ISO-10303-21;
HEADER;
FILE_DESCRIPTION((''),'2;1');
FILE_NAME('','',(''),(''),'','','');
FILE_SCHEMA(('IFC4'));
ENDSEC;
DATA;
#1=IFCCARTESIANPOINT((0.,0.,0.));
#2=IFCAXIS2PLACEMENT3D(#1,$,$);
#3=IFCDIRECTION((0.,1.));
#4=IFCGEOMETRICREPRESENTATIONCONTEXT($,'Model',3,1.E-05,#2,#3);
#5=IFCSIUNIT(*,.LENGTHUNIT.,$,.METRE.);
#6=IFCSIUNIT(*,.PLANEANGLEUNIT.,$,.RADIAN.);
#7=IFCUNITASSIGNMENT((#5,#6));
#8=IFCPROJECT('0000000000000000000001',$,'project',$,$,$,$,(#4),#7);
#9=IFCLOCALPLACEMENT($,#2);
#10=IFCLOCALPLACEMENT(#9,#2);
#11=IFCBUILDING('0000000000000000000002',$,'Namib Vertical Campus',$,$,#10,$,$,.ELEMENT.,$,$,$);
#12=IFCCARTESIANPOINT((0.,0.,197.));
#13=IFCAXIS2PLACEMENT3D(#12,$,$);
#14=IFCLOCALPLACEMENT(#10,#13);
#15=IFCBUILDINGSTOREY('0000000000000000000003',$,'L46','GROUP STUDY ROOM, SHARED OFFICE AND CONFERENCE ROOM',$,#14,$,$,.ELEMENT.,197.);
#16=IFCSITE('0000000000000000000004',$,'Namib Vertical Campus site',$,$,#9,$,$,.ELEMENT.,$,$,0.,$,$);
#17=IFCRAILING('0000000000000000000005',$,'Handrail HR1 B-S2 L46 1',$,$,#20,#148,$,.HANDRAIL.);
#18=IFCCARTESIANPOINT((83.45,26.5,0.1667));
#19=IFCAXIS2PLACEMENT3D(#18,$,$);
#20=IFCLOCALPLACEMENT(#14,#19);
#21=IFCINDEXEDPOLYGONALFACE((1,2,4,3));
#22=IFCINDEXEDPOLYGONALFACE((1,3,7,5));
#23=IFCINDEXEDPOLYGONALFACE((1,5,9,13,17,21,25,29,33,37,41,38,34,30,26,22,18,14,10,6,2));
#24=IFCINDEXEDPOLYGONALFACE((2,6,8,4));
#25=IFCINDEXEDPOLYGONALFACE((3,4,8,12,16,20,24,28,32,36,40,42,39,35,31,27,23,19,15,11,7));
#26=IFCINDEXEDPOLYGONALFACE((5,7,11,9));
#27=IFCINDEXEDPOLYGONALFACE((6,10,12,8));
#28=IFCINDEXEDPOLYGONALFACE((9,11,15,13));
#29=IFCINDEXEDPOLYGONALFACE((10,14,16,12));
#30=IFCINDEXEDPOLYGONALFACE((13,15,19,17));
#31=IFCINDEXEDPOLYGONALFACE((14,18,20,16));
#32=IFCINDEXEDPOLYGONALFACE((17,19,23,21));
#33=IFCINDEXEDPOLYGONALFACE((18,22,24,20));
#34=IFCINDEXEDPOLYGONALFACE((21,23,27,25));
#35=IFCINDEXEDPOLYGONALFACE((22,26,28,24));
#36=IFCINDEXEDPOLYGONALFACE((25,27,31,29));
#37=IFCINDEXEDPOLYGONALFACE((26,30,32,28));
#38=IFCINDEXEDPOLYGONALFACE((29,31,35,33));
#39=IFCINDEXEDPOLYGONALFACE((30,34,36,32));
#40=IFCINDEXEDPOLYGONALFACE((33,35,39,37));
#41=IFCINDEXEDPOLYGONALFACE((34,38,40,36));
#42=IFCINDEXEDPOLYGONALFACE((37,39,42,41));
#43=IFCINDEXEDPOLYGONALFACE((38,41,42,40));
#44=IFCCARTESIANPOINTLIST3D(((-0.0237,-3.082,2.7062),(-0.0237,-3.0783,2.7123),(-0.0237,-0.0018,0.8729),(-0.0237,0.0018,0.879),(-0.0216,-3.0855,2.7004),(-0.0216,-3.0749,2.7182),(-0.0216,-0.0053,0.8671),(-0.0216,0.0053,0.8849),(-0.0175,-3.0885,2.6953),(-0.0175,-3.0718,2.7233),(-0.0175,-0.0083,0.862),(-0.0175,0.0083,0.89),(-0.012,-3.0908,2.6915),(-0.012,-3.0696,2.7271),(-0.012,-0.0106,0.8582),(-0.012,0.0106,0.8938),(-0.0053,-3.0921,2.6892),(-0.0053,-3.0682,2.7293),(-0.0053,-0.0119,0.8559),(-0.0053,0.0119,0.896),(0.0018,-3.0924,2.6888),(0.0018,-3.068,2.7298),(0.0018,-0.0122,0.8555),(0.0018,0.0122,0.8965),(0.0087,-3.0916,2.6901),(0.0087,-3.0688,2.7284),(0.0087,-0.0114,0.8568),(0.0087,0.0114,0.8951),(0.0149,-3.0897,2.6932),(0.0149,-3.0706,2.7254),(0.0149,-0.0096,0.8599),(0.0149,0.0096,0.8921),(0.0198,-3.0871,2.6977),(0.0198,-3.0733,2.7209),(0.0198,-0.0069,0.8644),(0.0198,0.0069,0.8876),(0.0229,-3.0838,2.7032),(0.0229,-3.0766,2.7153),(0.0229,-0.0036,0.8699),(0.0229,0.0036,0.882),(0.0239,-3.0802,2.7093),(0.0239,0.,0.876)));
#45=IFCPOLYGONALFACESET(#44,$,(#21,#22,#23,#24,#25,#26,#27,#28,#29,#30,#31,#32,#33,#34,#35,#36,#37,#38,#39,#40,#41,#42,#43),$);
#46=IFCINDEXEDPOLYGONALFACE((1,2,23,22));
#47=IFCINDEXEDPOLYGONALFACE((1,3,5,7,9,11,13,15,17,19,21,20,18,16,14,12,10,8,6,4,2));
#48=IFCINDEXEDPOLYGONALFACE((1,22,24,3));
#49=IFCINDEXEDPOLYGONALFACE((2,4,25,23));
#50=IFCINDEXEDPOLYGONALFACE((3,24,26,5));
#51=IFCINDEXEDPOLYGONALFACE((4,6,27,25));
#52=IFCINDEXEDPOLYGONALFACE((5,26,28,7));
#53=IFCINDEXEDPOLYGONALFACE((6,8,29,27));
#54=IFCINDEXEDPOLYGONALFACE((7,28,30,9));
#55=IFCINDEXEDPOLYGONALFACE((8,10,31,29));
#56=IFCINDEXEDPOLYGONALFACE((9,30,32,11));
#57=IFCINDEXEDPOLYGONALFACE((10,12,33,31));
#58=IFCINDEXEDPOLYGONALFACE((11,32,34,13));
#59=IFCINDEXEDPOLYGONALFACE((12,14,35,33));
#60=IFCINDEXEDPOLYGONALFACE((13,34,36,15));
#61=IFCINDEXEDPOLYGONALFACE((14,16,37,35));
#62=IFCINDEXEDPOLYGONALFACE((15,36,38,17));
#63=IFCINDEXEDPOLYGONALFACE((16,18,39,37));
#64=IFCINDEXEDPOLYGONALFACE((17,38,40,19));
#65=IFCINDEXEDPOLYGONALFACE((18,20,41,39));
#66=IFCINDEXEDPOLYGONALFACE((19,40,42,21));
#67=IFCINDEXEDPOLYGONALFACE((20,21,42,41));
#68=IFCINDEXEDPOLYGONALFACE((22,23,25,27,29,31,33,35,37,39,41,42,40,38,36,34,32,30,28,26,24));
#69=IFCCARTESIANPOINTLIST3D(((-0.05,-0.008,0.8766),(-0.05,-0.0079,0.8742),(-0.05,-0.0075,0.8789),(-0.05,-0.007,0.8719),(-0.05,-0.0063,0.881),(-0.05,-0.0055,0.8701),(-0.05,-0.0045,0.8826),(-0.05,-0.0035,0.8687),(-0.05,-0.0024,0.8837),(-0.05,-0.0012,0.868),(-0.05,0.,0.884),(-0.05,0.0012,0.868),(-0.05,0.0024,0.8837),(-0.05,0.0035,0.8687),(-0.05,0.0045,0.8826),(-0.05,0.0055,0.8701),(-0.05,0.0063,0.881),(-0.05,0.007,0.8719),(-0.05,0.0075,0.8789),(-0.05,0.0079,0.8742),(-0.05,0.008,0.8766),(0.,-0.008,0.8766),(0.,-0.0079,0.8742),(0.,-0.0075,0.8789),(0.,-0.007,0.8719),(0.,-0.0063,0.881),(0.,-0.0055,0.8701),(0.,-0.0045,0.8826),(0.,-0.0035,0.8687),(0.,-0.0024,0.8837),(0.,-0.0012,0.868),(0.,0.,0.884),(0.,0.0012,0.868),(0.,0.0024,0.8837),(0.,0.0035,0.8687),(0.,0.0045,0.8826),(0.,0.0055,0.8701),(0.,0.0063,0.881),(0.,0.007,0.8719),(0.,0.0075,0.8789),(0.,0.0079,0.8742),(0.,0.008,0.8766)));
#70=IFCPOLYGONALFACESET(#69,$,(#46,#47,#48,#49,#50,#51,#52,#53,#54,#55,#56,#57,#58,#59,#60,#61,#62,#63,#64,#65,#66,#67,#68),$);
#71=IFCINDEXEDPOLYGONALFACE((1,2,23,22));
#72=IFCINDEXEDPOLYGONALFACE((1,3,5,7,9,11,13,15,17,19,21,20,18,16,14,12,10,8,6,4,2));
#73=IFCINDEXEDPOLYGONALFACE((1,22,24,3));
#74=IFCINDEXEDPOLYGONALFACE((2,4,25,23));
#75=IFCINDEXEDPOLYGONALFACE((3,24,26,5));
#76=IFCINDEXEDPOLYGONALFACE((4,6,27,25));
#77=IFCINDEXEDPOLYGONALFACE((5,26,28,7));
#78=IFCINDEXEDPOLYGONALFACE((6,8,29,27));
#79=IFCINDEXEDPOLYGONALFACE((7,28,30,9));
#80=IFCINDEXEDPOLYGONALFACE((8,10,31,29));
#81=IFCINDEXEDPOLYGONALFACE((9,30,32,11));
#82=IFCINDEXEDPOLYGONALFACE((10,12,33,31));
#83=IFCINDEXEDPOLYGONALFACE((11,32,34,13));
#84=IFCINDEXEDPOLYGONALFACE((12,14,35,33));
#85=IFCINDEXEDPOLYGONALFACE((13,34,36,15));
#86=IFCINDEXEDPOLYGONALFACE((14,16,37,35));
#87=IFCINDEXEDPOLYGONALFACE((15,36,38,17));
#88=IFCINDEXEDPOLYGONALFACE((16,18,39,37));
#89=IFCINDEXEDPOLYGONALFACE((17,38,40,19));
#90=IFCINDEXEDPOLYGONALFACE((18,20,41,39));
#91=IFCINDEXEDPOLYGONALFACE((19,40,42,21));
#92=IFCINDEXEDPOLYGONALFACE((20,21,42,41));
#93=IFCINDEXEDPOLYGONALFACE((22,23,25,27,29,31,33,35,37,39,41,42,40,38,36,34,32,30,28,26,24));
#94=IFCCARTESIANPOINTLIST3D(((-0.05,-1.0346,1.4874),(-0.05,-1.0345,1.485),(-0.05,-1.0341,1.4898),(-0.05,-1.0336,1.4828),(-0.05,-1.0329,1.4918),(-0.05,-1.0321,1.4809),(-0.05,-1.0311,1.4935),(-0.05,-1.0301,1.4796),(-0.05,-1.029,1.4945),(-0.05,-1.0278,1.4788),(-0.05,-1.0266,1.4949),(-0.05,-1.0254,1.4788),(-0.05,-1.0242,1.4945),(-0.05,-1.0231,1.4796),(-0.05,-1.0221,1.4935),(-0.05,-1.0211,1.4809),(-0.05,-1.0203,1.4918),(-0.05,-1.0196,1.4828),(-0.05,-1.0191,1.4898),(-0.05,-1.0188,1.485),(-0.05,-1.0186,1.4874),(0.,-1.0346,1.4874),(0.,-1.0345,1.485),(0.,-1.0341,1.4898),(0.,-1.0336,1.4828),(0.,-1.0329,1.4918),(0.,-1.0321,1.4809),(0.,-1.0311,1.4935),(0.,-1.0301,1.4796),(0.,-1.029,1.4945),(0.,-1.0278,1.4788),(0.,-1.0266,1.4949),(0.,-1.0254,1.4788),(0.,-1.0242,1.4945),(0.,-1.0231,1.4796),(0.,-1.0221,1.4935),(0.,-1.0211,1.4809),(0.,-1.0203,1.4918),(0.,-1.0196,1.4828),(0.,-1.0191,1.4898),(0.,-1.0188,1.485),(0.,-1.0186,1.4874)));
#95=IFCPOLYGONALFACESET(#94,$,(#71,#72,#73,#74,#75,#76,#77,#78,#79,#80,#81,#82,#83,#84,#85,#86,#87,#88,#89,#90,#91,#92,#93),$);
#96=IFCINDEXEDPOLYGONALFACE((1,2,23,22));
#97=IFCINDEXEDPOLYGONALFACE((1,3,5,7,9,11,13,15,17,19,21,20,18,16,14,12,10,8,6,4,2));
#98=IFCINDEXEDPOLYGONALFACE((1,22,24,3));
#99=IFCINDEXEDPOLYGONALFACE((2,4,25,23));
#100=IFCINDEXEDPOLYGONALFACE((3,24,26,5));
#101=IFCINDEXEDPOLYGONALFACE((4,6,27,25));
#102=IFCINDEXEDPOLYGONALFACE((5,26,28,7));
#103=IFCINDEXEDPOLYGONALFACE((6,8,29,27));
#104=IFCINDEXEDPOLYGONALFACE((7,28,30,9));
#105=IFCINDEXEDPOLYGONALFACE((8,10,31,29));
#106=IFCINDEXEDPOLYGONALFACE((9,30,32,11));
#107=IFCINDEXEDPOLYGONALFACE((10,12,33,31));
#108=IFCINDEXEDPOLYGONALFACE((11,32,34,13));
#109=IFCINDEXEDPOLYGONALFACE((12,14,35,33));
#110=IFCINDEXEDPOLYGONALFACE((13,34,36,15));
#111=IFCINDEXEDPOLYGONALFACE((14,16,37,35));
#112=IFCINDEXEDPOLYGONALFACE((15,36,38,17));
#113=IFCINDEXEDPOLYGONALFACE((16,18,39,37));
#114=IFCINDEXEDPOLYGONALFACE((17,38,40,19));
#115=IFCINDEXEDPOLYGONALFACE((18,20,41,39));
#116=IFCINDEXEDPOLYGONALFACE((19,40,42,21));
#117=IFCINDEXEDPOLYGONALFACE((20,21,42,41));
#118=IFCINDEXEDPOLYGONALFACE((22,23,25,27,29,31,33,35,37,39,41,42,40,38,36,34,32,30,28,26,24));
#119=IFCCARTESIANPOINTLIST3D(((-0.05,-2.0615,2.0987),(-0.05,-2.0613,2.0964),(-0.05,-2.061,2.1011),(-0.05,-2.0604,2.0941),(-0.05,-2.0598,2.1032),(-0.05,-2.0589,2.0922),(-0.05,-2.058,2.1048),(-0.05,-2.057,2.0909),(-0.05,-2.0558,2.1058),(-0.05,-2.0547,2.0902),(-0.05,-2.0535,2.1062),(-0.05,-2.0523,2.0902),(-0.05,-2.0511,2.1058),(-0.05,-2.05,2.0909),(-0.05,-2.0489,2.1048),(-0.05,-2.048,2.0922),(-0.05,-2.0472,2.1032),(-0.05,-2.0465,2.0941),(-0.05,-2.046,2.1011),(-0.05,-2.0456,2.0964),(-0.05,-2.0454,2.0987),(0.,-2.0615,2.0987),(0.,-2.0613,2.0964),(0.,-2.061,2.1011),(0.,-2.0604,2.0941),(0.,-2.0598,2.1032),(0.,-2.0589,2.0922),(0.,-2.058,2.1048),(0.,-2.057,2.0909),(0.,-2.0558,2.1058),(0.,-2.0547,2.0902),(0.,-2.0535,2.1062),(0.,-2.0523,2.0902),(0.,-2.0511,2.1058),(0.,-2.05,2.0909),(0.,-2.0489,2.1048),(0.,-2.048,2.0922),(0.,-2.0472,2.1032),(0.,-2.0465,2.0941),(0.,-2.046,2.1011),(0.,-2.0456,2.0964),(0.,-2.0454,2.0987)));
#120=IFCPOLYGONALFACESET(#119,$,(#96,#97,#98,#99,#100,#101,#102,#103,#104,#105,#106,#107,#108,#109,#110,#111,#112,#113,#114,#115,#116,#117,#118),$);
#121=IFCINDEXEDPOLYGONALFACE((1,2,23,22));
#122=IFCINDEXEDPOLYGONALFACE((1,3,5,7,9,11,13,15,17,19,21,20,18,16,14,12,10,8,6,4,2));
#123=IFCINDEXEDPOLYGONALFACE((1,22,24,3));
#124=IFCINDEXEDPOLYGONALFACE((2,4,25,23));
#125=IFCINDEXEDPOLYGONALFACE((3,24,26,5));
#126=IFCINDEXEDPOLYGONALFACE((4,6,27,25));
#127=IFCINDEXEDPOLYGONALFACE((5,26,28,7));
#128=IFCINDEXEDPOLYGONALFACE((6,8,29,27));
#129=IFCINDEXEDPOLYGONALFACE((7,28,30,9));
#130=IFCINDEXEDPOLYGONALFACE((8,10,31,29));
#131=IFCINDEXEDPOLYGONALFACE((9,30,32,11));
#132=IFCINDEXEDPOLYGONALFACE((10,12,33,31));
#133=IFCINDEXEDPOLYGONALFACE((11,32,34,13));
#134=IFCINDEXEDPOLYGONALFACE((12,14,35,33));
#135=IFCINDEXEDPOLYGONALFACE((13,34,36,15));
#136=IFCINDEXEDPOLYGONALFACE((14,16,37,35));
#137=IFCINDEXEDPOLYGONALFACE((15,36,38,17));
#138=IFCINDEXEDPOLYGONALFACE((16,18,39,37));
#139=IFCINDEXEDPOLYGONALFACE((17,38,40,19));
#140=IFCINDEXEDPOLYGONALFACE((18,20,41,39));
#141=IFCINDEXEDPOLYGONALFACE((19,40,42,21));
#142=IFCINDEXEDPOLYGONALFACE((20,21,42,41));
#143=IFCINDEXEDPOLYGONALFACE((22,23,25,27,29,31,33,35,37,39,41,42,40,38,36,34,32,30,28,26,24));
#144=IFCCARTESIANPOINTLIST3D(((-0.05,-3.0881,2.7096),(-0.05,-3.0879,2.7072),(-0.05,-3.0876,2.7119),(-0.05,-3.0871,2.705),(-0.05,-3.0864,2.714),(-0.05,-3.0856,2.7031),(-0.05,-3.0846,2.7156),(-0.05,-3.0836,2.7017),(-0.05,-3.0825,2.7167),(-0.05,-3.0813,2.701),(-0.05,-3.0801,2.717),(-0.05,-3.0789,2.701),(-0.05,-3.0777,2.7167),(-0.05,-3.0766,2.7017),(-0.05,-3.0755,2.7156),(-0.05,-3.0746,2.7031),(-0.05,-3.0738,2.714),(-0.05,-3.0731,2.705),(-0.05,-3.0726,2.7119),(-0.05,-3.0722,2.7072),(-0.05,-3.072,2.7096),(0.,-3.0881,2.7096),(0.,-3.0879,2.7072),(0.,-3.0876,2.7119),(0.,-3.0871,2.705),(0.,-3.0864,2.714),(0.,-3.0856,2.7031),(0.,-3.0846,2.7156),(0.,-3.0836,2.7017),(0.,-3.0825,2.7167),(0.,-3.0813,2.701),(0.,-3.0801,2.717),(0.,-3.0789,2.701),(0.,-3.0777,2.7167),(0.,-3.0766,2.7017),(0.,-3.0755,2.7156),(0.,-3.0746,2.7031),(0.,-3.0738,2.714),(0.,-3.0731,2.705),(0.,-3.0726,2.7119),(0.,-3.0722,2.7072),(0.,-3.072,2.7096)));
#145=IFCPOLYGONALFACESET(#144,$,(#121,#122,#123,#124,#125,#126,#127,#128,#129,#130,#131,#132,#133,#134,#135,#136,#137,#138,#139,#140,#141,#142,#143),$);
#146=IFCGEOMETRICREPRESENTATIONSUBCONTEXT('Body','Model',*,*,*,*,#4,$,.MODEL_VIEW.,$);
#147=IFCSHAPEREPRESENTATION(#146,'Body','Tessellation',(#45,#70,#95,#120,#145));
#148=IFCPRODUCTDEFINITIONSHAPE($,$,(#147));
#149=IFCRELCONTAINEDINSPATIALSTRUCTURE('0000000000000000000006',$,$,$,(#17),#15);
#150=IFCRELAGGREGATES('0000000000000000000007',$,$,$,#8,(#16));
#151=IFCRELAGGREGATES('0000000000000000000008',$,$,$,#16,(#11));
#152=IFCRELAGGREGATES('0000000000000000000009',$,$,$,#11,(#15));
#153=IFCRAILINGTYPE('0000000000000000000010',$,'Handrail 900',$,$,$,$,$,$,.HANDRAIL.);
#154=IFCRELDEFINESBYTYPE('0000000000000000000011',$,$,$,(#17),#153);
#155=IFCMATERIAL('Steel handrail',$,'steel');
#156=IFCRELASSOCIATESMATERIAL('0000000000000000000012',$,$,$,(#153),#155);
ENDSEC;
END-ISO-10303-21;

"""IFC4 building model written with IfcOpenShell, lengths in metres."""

from ifc_helpers import new_model, si_unit, direction, frame, origin, origin_2d, place, context, subcontext, project, spatial, circle, extrude, material, type_object, element, save


model = new_model("IFC4")

# Units and contexts
model_context = context("Model", 3, precision=1e-05, world=origin(), true_north=direction((0.0, 1.0)))
body_context = subcontext(model_context, "Body", "Model", "MODEL_VIEW")
ifc_project = project(units=[si_unit("LENGTHUNIT", "METRE"), si_unit("PLANEANGLEUNIT", "RADIAN")], contexts=[model_context])

# Site, building, storey
site_placement = place(None, origin())
site = spatial("IfcSite", under=ifc_project, at=site_placement, Name="Namib Vertical Campus site", CompositionType="ELEMENT", RefElevation=0.0)
building_placement = place(site_placement, origin())
building = spatial("IfcBuilding", under=site, at=building_placement, Name="Namib Vertical Campus", CompositionType="ELEMENT")
storey_placement = place(building_placement, frame((0.0, 0.0, 197.0)))
storey = spatial("IfcBuildingStorey", under=building, at=storey_placement, Name="L46", Description="GROUP STUDY ROOM, SHARED OFFICE AND CONFERENCE ROOM", CompositionType="ELEMENT", Elevation=197.0)

# Railing
ifc_material_1 = material(Name="Steel handrail", Category="steel")
railing_type_1 = type_object("IfcRailingType", Name="Handrail 900", PredefinedType="HANDRAIL", material=ifc_material_1)
railing_1_placement = place(storey_placement, frame((83.45, 26.5, 0.1667)))
element("IfcRailing", 1, at=railing_1_placement, inside=storey, type_object=railing_type_1, Name="Handrail HR1 B-S2 L46 1", PredefinedType="HANDRAIL", context=body_context, shape_type="SweptSolid", body=[
    extrude(circle(Radius=0.0239, at=origin_2d()), frame((0.0, 0.0, 0.876), z_axis=(0.0, -0.859309, 0.511458), x_axis=(1.0, 0.0, 0.0)), (0.0, 0.0, 1.0), 3.5845),
    extrude(circle(Radius=0.0081, at=origin_2d()), frame((0.0, 0.0, 0.876), z_axis=(-1.0, 0.0, 0.0), x_axis=(0.0, 0.0, 1.0)), (0.0, 0.0, 1.0), 0.05),
    extrude(circle(Radius=0.0081, at=origin_2d()), frame((0.0, -1.0266, 1.4868), z_axis=(-1.0, 0.0, 0.0), x_axis=(0.0, 0.0, 1.0)), (0.0, 0.0, 1.0), 0.05),
    extrude(circle(Radius=0.0081, at=origin_2d()), frame((0.0, -2.0535, 2.0981), z_axis=(-1.0, 0.0, 0.0), x_axis=(0.0, 0.0, 1.0)), (0.0, 0.0, 1.0), 0.05),
    extrude(circle(Radius=0.0081, at=origin_2d()), frame((0.0, -3.0801, 2.709), z_axis=(-1.0, 0.0, 0.0), x_axis=(0.0, 0.0, 1.0)), (0.0, 0.0, 1.0), 0.05),
])

save(model, "model.ifc")
